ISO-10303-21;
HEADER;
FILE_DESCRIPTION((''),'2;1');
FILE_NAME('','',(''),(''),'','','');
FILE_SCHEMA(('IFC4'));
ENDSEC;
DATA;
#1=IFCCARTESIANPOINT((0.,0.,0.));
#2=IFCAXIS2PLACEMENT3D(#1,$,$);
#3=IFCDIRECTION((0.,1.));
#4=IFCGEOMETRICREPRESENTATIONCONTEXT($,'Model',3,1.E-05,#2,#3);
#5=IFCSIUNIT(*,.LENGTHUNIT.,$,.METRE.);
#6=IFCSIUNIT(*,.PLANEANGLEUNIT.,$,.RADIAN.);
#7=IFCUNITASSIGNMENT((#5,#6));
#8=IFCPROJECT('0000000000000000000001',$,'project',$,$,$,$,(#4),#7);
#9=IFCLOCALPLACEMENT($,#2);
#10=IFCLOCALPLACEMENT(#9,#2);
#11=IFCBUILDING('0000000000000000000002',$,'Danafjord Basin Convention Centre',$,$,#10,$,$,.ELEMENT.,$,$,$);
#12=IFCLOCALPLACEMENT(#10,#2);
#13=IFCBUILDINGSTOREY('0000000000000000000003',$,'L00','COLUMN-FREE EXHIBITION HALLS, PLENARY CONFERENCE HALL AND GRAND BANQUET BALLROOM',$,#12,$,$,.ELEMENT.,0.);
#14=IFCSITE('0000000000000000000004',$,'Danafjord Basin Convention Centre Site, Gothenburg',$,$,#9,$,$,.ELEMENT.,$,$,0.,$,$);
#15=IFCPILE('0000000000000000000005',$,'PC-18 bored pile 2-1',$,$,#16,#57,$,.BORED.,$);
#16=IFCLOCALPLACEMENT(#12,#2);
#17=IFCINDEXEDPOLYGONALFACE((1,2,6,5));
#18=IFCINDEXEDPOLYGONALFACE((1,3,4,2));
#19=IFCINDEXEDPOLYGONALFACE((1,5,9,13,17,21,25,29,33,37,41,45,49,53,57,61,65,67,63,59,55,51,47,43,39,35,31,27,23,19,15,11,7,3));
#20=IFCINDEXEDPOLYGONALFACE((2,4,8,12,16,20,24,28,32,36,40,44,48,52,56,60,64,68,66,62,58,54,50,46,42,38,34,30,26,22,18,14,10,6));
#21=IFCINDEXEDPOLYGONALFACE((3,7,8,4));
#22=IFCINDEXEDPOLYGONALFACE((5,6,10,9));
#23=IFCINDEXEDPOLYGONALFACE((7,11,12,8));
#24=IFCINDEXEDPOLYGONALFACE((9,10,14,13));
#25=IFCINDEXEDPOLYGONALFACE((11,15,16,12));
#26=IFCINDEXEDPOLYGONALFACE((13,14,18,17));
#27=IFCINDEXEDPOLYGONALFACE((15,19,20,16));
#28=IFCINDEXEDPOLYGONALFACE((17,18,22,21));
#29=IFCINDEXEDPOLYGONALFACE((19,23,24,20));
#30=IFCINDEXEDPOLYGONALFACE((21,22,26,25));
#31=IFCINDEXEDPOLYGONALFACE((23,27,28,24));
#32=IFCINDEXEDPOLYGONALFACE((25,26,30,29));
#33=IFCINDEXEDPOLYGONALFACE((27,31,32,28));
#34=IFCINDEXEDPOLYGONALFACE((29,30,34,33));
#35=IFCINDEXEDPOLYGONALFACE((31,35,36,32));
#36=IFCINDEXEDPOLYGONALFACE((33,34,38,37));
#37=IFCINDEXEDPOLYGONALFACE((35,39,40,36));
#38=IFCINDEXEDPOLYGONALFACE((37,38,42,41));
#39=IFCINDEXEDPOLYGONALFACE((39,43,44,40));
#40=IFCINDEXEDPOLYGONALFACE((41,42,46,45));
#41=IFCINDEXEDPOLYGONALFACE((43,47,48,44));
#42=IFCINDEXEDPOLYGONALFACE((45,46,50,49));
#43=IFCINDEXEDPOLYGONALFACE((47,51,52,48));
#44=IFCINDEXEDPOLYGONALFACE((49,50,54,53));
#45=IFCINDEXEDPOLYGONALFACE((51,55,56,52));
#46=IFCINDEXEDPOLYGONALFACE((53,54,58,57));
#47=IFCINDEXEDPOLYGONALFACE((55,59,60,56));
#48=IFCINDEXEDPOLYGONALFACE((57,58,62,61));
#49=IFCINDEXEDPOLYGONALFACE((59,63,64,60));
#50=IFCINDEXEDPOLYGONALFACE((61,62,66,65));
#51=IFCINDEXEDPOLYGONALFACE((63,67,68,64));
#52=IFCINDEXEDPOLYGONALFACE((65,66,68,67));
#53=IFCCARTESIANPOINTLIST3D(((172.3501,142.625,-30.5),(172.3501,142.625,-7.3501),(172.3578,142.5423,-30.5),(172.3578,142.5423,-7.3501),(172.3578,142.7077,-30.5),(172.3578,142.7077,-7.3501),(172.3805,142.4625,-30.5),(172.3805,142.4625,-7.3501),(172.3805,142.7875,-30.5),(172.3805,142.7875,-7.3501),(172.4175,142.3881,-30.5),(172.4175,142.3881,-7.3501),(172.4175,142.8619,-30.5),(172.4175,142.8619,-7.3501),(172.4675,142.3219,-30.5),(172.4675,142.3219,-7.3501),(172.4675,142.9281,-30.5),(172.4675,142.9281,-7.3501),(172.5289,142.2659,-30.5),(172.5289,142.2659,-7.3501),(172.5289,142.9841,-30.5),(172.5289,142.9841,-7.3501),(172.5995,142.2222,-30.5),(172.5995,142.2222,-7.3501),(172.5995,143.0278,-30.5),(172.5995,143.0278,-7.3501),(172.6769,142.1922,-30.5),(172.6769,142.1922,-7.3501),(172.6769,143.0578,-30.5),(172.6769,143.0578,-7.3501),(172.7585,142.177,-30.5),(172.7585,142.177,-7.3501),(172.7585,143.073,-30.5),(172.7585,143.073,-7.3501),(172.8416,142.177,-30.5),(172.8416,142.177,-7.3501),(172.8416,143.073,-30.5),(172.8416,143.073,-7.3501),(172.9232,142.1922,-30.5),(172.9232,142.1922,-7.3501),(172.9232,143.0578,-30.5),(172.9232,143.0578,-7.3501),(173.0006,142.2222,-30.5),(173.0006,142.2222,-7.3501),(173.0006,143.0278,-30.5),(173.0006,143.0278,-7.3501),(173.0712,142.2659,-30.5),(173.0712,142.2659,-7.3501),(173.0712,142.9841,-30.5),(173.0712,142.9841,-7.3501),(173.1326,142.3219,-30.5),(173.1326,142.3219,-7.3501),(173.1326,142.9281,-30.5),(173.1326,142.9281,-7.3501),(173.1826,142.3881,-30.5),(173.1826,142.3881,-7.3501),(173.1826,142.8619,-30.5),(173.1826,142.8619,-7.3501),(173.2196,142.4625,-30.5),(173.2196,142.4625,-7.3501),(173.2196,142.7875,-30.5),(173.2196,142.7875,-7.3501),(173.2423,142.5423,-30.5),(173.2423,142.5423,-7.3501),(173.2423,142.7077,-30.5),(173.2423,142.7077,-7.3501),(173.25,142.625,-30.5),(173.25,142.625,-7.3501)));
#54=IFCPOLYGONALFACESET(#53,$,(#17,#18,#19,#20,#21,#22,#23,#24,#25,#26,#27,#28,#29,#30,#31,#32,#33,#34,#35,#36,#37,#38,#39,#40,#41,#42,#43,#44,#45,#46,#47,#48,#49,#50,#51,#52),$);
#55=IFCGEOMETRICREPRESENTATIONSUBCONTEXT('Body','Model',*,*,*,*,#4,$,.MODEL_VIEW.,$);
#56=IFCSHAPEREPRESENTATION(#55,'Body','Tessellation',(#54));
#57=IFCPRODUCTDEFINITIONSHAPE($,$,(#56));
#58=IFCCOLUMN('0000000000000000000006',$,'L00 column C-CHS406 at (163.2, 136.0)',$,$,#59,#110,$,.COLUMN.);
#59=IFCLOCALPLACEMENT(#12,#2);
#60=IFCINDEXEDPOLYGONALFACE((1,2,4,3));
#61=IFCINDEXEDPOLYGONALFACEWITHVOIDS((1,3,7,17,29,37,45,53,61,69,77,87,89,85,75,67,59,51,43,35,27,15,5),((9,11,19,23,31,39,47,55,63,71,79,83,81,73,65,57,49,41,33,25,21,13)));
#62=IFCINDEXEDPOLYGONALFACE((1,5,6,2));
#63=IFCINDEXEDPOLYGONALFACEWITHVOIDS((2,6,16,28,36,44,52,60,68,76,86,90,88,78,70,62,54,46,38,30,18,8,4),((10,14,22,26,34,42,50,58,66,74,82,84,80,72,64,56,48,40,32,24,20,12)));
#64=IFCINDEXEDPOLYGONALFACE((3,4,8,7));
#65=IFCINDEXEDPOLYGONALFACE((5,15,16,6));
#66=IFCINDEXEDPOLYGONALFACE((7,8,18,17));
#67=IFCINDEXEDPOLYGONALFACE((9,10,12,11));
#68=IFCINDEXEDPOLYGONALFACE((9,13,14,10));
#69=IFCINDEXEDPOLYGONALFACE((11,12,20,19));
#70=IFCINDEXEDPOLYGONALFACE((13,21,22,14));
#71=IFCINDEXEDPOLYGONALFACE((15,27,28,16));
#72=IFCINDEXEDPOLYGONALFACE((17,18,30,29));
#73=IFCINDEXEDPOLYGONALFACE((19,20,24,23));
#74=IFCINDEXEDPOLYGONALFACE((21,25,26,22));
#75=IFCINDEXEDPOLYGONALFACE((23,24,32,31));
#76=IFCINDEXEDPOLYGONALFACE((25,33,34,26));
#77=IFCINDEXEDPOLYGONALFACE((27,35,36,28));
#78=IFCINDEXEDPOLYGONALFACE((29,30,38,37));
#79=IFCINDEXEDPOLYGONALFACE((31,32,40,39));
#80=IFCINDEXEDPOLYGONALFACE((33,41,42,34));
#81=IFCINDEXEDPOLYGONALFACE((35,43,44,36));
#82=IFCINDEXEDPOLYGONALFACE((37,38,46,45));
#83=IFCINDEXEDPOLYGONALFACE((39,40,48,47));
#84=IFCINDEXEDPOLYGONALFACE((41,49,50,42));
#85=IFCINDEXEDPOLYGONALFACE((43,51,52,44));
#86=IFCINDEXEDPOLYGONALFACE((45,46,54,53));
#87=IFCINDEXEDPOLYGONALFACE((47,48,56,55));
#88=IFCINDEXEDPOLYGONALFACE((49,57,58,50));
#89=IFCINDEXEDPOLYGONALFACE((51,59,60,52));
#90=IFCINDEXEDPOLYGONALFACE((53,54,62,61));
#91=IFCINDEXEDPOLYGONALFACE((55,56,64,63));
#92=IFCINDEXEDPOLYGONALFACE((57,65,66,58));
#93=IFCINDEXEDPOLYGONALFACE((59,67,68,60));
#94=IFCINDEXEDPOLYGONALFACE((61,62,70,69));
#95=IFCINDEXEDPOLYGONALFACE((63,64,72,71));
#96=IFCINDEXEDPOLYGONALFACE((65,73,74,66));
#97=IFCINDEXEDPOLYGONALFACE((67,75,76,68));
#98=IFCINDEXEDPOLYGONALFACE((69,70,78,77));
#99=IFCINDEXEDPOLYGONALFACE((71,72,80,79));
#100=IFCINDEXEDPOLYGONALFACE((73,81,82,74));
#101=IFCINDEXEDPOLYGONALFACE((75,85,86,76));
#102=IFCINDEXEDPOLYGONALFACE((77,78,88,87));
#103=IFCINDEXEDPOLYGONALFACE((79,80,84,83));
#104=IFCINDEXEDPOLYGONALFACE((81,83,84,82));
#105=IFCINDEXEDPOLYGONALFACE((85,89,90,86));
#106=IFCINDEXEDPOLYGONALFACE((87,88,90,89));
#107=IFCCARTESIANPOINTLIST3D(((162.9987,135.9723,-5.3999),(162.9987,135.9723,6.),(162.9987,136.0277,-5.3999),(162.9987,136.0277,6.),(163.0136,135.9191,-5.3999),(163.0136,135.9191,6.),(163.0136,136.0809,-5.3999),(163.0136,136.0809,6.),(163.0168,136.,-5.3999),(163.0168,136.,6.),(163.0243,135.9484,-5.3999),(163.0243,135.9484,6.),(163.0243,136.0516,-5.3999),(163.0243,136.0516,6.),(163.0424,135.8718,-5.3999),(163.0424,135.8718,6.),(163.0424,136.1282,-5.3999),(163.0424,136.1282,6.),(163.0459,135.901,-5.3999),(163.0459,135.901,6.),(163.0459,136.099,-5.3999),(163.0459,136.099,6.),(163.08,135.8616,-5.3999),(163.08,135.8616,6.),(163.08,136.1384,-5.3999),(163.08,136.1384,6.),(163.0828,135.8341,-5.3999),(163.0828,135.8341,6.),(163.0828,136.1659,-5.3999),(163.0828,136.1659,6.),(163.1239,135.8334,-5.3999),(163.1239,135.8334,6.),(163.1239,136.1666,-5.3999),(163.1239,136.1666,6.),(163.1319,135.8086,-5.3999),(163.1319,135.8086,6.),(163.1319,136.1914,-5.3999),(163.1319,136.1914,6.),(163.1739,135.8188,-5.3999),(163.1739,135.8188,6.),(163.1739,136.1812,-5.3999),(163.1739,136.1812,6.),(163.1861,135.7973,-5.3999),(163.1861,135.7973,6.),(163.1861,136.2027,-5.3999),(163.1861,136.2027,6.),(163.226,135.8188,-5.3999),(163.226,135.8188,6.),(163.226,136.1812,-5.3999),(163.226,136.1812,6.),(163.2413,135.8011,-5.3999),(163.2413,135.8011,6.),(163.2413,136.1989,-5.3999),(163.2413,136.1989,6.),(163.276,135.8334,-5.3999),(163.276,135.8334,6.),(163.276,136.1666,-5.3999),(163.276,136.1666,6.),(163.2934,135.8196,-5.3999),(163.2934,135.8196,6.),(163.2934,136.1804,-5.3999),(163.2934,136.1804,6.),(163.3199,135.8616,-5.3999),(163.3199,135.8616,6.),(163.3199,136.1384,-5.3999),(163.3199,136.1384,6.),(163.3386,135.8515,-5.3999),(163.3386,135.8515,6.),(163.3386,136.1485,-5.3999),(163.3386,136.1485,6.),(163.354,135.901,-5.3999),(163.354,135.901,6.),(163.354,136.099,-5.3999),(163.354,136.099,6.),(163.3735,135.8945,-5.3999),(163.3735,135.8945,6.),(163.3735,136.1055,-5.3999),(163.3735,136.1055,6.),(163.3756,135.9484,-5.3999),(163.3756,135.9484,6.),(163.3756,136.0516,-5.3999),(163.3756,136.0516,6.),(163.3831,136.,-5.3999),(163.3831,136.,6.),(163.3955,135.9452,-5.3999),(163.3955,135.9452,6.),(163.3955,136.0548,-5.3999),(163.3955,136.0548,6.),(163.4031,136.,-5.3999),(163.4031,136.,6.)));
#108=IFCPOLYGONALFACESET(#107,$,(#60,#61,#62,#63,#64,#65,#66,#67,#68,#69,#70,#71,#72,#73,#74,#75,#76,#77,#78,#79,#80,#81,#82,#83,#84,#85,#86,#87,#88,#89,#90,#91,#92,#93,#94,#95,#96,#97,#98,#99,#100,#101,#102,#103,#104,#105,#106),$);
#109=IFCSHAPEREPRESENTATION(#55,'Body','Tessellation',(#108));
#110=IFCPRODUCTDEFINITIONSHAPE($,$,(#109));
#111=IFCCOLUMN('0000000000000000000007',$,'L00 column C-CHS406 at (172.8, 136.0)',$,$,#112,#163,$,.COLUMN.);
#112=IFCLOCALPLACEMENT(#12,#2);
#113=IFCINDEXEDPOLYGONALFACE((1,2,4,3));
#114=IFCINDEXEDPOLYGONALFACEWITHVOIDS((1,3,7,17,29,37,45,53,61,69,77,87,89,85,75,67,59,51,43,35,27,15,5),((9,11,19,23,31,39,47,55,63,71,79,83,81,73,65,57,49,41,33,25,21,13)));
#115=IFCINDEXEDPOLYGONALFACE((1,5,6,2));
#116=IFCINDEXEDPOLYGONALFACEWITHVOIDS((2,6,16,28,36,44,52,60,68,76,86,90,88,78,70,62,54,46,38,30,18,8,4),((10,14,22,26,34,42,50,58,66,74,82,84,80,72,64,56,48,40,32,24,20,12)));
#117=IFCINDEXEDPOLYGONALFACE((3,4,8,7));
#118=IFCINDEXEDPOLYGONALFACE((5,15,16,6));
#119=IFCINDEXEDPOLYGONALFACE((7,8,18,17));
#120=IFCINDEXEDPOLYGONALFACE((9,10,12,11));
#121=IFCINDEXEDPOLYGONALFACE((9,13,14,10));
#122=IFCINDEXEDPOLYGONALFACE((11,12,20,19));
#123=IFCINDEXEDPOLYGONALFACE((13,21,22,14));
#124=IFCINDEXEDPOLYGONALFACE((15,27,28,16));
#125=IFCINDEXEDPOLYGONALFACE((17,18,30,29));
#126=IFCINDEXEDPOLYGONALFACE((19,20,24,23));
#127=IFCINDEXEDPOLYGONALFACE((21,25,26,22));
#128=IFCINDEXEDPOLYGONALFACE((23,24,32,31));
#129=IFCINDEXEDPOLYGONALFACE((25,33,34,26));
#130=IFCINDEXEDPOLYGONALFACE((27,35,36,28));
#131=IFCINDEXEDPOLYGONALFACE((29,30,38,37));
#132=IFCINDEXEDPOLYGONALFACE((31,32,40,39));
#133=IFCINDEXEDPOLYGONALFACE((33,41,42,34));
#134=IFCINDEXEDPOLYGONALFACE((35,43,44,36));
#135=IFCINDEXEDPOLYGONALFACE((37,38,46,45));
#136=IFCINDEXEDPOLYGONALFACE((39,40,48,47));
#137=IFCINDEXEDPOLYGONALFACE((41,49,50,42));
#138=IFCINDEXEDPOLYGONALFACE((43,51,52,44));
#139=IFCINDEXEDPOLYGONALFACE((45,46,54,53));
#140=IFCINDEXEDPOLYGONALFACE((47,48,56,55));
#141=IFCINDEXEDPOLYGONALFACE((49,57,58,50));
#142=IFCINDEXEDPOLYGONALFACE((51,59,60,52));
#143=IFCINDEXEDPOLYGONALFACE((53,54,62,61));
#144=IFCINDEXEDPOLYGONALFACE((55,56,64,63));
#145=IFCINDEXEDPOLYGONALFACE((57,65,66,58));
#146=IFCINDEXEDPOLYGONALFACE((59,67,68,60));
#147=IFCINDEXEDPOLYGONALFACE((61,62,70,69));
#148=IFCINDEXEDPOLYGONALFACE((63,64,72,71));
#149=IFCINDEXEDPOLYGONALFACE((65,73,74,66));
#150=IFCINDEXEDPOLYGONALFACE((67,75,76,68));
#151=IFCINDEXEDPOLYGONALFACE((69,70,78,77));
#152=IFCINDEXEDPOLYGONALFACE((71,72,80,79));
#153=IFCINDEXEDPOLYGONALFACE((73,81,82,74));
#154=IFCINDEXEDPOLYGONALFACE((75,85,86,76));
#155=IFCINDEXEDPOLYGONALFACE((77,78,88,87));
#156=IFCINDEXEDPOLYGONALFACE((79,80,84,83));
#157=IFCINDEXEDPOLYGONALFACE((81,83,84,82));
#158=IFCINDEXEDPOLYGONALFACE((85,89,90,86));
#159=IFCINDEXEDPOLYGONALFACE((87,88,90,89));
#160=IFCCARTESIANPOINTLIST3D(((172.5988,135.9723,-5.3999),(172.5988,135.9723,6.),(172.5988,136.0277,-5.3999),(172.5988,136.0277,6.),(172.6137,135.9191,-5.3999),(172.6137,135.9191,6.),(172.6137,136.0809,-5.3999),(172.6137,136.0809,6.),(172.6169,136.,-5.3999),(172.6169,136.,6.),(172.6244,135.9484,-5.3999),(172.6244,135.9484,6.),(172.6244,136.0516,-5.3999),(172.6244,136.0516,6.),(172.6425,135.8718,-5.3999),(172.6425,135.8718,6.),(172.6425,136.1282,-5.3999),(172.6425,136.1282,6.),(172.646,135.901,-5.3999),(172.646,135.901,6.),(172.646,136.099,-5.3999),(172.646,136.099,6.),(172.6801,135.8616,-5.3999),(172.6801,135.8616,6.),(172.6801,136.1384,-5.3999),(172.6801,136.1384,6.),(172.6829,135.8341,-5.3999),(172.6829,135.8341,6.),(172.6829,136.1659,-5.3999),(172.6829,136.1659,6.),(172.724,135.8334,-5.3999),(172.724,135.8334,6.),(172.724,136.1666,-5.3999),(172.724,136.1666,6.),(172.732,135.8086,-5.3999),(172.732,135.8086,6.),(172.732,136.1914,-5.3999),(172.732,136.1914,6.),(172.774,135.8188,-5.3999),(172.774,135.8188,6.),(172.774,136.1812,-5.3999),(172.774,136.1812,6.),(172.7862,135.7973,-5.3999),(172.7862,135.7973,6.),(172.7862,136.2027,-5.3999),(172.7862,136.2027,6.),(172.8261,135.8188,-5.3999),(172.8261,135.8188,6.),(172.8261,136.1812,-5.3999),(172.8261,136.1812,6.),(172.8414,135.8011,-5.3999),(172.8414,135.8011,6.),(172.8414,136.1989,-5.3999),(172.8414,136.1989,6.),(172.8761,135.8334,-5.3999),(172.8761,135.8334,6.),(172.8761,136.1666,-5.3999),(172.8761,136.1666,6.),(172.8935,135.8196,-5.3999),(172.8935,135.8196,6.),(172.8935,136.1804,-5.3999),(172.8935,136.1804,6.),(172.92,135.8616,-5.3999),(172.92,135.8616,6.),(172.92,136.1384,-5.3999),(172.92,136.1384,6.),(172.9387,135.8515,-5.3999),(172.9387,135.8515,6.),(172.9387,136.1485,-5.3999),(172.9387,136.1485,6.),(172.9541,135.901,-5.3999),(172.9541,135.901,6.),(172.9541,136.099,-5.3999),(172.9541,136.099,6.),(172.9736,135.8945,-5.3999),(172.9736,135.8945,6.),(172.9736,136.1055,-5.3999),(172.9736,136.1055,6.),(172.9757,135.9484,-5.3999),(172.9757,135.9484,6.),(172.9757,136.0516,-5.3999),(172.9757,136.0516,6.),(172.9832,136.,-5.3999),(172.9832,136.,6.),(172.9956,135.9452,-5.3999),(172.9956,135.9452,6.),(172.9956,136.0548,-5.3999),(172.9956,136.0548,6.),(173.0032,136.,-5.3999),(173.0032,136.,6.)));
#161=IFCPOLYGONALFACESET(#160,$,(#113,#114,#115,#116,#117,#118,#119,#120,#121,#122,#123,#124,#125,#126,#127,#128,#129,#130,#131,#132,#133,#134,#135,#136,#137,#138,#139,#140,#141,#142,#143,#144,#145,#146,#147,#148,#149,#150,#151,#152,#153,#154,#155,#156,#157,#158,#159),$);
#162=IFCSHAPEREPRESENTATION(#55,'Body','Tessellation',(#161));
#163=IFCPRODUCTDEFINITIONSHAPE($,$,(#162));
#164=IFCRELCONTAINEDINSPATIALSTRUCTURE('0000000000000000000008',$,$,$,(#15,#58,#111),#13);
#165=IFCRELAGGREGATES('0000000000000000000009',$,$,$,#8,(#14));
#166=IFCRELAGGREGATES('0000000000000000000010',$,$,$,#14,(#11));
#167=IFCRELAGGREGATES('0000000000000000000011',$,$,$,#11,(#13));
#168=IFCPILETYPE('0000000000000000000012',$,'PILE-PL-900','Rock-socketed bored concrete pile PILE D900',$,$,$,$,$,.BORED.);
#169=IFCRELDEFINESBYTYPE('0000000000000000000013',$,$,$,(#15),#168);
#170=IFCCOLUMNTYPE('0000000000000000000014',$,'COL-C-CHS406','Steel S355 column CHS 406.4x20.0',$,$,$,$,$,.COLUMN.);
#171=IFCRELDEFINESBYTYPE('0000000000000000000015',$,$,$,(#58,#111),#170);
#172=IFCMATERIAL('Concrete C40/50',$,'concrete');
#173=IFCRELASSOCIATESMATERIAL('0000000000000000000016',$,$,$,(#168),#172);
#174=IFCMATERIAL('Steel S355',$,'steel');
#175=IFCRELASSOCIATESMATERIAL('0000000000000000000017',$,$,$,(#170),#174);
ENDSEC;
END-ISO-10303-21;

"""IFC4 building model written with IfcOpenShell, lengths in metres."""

from ifc_helpers import new_model, si_unit, direction, frame, origin, origin_2d, place, context, subcontext, project, spatial, circle, hollow_circle, extrude, material, material_profile, profile_set, type_object, element, save


model = new_model("IFC4")

# Units and contexts
model_context = context("Model", 3, precision=1e-05, world=origin(), true_north=direction((0.0, 1.0)))
body_context = subcontext(model_context, "Body", "Model", "MODEL_VIEW")
ifc_project = project(units=[si_unit("LENGTHUNIT", "METRE"), si_unit("PLANEANGLEUNIT", "RADIAN")], contexts=[model_context])

# Site, building, storey
site_placement = place(None, origin())
site = spatial("IfcSite", under=ifc_project, at=site_placement, Name="Danafjord Basin Convention Centre Site, Gothenburg", CompositionType="ELEMENT", RefElevation=0.0)
building_placement = place(site_placement, origin())
building = spatial("IfcBuilding", under=site, at=building_placement, Name="Danafjord Basin Convention Centre", CompositionType="ELEMENT")
storey_placement = place(building_placement, origin())
storey = spatial("IfcBuildingStorey", under=building, at=storey_placement, Name="L00", Description="COLUMN-FREE EXHIBITION HALLS, PLENARY CONFERENCE HALL AND GRAND BANQUET BALLROOM", CompositionType="ELEMENT", Elevation=0.0)

# Shared definitions
ifc_material_1 = material(Name="Concrete C40/50", Category="concrete")

# Pile
ifc_material_profile_1 = material_profile(ifc_material_1, circle(Radius=0.45, at=origin_2d()), Name="PILE D900")
ifc_profile_set_1 = profile_set([ifc_material_profile_1], Name="Concrete C40/50")
pile_type_1 = type_object("IfcPileType", Name="PILE-PL-900", Description="Rock-socketed bored concrete pile PILE D900", PredefinedType="BORED", material=ifc_profile_set_1)
for number, where, z_axis, x_axis, name in (
    (1, (172.8, 142.625, -7.3501), (0.0, 0.0, -1.0), (1.0, 0.0, 0.0), "PC-18 bored pile 2-1"),
):
    element("IfcPile", number, at=place(storey_placement, frame(where, z_axis=z_axis, x_axis=x_axis)), inside=storey, type_object=pile_type_1, Name=name, PredefinedType="BORED", context=body_context, shape_type="SweptSolid", body=[
        extrude(circle(Radius=0.45, at=origin_2d()), origin(), (0.0, 0.0, 1.0), 23.1499),
    ])

# Columns
ifc_material_2 = material(Name="Steel S355", Category="steel")
ifc_material_profile_2 = material_profile(ifc_material_2, hollow_circle(Radius=0.2031, WallThickness=0.02, at=origin_2d()), Name="CHS 406.4x20.0")
ifc_profile_set_2 = profile_set([ifc_material_profile_2], Name="Steel S355")
column_type_1 = type_object("IfcColumnType", Name="COL-C-CHS406", Description="Steel S355 column CHS 406.4x20.0", PredefinedType="COLUMN", material=ifc_profile_set_2)
for number, where, z_axis, x_axis, name in (
    (2, (163.2, 136.0, -5.3999), (0.0, 0.0, 1.0), (1.0, 0.0, 0.0), "L00 column C-CHS406 at (163.2, 136.0)"),
    (3, (172.8, 136.0, -5.3999), (0.0, 0.0, 1.0), (1.0, 0.0, 0.0), "L00 column C-CHS406 at (172.8, 136.0)"),
):
    element("IfcColumn", number, at=place(storey_placement, frame(where, z_axis=z_axis, x_axis=x_axis)), inside=storey, type_object=column_type_1, Name=name, PredefinedType="COLUMN", context=body_context, shape_type="SweptSolid", body=[
        extrude(hollow_circle(Radius=0.2031, WallThickness=0.02, at=origin_2d()), origin(), (0.0, 0.0, 1.0), 11.3999),
    ])

save(model, "model.ifc")
